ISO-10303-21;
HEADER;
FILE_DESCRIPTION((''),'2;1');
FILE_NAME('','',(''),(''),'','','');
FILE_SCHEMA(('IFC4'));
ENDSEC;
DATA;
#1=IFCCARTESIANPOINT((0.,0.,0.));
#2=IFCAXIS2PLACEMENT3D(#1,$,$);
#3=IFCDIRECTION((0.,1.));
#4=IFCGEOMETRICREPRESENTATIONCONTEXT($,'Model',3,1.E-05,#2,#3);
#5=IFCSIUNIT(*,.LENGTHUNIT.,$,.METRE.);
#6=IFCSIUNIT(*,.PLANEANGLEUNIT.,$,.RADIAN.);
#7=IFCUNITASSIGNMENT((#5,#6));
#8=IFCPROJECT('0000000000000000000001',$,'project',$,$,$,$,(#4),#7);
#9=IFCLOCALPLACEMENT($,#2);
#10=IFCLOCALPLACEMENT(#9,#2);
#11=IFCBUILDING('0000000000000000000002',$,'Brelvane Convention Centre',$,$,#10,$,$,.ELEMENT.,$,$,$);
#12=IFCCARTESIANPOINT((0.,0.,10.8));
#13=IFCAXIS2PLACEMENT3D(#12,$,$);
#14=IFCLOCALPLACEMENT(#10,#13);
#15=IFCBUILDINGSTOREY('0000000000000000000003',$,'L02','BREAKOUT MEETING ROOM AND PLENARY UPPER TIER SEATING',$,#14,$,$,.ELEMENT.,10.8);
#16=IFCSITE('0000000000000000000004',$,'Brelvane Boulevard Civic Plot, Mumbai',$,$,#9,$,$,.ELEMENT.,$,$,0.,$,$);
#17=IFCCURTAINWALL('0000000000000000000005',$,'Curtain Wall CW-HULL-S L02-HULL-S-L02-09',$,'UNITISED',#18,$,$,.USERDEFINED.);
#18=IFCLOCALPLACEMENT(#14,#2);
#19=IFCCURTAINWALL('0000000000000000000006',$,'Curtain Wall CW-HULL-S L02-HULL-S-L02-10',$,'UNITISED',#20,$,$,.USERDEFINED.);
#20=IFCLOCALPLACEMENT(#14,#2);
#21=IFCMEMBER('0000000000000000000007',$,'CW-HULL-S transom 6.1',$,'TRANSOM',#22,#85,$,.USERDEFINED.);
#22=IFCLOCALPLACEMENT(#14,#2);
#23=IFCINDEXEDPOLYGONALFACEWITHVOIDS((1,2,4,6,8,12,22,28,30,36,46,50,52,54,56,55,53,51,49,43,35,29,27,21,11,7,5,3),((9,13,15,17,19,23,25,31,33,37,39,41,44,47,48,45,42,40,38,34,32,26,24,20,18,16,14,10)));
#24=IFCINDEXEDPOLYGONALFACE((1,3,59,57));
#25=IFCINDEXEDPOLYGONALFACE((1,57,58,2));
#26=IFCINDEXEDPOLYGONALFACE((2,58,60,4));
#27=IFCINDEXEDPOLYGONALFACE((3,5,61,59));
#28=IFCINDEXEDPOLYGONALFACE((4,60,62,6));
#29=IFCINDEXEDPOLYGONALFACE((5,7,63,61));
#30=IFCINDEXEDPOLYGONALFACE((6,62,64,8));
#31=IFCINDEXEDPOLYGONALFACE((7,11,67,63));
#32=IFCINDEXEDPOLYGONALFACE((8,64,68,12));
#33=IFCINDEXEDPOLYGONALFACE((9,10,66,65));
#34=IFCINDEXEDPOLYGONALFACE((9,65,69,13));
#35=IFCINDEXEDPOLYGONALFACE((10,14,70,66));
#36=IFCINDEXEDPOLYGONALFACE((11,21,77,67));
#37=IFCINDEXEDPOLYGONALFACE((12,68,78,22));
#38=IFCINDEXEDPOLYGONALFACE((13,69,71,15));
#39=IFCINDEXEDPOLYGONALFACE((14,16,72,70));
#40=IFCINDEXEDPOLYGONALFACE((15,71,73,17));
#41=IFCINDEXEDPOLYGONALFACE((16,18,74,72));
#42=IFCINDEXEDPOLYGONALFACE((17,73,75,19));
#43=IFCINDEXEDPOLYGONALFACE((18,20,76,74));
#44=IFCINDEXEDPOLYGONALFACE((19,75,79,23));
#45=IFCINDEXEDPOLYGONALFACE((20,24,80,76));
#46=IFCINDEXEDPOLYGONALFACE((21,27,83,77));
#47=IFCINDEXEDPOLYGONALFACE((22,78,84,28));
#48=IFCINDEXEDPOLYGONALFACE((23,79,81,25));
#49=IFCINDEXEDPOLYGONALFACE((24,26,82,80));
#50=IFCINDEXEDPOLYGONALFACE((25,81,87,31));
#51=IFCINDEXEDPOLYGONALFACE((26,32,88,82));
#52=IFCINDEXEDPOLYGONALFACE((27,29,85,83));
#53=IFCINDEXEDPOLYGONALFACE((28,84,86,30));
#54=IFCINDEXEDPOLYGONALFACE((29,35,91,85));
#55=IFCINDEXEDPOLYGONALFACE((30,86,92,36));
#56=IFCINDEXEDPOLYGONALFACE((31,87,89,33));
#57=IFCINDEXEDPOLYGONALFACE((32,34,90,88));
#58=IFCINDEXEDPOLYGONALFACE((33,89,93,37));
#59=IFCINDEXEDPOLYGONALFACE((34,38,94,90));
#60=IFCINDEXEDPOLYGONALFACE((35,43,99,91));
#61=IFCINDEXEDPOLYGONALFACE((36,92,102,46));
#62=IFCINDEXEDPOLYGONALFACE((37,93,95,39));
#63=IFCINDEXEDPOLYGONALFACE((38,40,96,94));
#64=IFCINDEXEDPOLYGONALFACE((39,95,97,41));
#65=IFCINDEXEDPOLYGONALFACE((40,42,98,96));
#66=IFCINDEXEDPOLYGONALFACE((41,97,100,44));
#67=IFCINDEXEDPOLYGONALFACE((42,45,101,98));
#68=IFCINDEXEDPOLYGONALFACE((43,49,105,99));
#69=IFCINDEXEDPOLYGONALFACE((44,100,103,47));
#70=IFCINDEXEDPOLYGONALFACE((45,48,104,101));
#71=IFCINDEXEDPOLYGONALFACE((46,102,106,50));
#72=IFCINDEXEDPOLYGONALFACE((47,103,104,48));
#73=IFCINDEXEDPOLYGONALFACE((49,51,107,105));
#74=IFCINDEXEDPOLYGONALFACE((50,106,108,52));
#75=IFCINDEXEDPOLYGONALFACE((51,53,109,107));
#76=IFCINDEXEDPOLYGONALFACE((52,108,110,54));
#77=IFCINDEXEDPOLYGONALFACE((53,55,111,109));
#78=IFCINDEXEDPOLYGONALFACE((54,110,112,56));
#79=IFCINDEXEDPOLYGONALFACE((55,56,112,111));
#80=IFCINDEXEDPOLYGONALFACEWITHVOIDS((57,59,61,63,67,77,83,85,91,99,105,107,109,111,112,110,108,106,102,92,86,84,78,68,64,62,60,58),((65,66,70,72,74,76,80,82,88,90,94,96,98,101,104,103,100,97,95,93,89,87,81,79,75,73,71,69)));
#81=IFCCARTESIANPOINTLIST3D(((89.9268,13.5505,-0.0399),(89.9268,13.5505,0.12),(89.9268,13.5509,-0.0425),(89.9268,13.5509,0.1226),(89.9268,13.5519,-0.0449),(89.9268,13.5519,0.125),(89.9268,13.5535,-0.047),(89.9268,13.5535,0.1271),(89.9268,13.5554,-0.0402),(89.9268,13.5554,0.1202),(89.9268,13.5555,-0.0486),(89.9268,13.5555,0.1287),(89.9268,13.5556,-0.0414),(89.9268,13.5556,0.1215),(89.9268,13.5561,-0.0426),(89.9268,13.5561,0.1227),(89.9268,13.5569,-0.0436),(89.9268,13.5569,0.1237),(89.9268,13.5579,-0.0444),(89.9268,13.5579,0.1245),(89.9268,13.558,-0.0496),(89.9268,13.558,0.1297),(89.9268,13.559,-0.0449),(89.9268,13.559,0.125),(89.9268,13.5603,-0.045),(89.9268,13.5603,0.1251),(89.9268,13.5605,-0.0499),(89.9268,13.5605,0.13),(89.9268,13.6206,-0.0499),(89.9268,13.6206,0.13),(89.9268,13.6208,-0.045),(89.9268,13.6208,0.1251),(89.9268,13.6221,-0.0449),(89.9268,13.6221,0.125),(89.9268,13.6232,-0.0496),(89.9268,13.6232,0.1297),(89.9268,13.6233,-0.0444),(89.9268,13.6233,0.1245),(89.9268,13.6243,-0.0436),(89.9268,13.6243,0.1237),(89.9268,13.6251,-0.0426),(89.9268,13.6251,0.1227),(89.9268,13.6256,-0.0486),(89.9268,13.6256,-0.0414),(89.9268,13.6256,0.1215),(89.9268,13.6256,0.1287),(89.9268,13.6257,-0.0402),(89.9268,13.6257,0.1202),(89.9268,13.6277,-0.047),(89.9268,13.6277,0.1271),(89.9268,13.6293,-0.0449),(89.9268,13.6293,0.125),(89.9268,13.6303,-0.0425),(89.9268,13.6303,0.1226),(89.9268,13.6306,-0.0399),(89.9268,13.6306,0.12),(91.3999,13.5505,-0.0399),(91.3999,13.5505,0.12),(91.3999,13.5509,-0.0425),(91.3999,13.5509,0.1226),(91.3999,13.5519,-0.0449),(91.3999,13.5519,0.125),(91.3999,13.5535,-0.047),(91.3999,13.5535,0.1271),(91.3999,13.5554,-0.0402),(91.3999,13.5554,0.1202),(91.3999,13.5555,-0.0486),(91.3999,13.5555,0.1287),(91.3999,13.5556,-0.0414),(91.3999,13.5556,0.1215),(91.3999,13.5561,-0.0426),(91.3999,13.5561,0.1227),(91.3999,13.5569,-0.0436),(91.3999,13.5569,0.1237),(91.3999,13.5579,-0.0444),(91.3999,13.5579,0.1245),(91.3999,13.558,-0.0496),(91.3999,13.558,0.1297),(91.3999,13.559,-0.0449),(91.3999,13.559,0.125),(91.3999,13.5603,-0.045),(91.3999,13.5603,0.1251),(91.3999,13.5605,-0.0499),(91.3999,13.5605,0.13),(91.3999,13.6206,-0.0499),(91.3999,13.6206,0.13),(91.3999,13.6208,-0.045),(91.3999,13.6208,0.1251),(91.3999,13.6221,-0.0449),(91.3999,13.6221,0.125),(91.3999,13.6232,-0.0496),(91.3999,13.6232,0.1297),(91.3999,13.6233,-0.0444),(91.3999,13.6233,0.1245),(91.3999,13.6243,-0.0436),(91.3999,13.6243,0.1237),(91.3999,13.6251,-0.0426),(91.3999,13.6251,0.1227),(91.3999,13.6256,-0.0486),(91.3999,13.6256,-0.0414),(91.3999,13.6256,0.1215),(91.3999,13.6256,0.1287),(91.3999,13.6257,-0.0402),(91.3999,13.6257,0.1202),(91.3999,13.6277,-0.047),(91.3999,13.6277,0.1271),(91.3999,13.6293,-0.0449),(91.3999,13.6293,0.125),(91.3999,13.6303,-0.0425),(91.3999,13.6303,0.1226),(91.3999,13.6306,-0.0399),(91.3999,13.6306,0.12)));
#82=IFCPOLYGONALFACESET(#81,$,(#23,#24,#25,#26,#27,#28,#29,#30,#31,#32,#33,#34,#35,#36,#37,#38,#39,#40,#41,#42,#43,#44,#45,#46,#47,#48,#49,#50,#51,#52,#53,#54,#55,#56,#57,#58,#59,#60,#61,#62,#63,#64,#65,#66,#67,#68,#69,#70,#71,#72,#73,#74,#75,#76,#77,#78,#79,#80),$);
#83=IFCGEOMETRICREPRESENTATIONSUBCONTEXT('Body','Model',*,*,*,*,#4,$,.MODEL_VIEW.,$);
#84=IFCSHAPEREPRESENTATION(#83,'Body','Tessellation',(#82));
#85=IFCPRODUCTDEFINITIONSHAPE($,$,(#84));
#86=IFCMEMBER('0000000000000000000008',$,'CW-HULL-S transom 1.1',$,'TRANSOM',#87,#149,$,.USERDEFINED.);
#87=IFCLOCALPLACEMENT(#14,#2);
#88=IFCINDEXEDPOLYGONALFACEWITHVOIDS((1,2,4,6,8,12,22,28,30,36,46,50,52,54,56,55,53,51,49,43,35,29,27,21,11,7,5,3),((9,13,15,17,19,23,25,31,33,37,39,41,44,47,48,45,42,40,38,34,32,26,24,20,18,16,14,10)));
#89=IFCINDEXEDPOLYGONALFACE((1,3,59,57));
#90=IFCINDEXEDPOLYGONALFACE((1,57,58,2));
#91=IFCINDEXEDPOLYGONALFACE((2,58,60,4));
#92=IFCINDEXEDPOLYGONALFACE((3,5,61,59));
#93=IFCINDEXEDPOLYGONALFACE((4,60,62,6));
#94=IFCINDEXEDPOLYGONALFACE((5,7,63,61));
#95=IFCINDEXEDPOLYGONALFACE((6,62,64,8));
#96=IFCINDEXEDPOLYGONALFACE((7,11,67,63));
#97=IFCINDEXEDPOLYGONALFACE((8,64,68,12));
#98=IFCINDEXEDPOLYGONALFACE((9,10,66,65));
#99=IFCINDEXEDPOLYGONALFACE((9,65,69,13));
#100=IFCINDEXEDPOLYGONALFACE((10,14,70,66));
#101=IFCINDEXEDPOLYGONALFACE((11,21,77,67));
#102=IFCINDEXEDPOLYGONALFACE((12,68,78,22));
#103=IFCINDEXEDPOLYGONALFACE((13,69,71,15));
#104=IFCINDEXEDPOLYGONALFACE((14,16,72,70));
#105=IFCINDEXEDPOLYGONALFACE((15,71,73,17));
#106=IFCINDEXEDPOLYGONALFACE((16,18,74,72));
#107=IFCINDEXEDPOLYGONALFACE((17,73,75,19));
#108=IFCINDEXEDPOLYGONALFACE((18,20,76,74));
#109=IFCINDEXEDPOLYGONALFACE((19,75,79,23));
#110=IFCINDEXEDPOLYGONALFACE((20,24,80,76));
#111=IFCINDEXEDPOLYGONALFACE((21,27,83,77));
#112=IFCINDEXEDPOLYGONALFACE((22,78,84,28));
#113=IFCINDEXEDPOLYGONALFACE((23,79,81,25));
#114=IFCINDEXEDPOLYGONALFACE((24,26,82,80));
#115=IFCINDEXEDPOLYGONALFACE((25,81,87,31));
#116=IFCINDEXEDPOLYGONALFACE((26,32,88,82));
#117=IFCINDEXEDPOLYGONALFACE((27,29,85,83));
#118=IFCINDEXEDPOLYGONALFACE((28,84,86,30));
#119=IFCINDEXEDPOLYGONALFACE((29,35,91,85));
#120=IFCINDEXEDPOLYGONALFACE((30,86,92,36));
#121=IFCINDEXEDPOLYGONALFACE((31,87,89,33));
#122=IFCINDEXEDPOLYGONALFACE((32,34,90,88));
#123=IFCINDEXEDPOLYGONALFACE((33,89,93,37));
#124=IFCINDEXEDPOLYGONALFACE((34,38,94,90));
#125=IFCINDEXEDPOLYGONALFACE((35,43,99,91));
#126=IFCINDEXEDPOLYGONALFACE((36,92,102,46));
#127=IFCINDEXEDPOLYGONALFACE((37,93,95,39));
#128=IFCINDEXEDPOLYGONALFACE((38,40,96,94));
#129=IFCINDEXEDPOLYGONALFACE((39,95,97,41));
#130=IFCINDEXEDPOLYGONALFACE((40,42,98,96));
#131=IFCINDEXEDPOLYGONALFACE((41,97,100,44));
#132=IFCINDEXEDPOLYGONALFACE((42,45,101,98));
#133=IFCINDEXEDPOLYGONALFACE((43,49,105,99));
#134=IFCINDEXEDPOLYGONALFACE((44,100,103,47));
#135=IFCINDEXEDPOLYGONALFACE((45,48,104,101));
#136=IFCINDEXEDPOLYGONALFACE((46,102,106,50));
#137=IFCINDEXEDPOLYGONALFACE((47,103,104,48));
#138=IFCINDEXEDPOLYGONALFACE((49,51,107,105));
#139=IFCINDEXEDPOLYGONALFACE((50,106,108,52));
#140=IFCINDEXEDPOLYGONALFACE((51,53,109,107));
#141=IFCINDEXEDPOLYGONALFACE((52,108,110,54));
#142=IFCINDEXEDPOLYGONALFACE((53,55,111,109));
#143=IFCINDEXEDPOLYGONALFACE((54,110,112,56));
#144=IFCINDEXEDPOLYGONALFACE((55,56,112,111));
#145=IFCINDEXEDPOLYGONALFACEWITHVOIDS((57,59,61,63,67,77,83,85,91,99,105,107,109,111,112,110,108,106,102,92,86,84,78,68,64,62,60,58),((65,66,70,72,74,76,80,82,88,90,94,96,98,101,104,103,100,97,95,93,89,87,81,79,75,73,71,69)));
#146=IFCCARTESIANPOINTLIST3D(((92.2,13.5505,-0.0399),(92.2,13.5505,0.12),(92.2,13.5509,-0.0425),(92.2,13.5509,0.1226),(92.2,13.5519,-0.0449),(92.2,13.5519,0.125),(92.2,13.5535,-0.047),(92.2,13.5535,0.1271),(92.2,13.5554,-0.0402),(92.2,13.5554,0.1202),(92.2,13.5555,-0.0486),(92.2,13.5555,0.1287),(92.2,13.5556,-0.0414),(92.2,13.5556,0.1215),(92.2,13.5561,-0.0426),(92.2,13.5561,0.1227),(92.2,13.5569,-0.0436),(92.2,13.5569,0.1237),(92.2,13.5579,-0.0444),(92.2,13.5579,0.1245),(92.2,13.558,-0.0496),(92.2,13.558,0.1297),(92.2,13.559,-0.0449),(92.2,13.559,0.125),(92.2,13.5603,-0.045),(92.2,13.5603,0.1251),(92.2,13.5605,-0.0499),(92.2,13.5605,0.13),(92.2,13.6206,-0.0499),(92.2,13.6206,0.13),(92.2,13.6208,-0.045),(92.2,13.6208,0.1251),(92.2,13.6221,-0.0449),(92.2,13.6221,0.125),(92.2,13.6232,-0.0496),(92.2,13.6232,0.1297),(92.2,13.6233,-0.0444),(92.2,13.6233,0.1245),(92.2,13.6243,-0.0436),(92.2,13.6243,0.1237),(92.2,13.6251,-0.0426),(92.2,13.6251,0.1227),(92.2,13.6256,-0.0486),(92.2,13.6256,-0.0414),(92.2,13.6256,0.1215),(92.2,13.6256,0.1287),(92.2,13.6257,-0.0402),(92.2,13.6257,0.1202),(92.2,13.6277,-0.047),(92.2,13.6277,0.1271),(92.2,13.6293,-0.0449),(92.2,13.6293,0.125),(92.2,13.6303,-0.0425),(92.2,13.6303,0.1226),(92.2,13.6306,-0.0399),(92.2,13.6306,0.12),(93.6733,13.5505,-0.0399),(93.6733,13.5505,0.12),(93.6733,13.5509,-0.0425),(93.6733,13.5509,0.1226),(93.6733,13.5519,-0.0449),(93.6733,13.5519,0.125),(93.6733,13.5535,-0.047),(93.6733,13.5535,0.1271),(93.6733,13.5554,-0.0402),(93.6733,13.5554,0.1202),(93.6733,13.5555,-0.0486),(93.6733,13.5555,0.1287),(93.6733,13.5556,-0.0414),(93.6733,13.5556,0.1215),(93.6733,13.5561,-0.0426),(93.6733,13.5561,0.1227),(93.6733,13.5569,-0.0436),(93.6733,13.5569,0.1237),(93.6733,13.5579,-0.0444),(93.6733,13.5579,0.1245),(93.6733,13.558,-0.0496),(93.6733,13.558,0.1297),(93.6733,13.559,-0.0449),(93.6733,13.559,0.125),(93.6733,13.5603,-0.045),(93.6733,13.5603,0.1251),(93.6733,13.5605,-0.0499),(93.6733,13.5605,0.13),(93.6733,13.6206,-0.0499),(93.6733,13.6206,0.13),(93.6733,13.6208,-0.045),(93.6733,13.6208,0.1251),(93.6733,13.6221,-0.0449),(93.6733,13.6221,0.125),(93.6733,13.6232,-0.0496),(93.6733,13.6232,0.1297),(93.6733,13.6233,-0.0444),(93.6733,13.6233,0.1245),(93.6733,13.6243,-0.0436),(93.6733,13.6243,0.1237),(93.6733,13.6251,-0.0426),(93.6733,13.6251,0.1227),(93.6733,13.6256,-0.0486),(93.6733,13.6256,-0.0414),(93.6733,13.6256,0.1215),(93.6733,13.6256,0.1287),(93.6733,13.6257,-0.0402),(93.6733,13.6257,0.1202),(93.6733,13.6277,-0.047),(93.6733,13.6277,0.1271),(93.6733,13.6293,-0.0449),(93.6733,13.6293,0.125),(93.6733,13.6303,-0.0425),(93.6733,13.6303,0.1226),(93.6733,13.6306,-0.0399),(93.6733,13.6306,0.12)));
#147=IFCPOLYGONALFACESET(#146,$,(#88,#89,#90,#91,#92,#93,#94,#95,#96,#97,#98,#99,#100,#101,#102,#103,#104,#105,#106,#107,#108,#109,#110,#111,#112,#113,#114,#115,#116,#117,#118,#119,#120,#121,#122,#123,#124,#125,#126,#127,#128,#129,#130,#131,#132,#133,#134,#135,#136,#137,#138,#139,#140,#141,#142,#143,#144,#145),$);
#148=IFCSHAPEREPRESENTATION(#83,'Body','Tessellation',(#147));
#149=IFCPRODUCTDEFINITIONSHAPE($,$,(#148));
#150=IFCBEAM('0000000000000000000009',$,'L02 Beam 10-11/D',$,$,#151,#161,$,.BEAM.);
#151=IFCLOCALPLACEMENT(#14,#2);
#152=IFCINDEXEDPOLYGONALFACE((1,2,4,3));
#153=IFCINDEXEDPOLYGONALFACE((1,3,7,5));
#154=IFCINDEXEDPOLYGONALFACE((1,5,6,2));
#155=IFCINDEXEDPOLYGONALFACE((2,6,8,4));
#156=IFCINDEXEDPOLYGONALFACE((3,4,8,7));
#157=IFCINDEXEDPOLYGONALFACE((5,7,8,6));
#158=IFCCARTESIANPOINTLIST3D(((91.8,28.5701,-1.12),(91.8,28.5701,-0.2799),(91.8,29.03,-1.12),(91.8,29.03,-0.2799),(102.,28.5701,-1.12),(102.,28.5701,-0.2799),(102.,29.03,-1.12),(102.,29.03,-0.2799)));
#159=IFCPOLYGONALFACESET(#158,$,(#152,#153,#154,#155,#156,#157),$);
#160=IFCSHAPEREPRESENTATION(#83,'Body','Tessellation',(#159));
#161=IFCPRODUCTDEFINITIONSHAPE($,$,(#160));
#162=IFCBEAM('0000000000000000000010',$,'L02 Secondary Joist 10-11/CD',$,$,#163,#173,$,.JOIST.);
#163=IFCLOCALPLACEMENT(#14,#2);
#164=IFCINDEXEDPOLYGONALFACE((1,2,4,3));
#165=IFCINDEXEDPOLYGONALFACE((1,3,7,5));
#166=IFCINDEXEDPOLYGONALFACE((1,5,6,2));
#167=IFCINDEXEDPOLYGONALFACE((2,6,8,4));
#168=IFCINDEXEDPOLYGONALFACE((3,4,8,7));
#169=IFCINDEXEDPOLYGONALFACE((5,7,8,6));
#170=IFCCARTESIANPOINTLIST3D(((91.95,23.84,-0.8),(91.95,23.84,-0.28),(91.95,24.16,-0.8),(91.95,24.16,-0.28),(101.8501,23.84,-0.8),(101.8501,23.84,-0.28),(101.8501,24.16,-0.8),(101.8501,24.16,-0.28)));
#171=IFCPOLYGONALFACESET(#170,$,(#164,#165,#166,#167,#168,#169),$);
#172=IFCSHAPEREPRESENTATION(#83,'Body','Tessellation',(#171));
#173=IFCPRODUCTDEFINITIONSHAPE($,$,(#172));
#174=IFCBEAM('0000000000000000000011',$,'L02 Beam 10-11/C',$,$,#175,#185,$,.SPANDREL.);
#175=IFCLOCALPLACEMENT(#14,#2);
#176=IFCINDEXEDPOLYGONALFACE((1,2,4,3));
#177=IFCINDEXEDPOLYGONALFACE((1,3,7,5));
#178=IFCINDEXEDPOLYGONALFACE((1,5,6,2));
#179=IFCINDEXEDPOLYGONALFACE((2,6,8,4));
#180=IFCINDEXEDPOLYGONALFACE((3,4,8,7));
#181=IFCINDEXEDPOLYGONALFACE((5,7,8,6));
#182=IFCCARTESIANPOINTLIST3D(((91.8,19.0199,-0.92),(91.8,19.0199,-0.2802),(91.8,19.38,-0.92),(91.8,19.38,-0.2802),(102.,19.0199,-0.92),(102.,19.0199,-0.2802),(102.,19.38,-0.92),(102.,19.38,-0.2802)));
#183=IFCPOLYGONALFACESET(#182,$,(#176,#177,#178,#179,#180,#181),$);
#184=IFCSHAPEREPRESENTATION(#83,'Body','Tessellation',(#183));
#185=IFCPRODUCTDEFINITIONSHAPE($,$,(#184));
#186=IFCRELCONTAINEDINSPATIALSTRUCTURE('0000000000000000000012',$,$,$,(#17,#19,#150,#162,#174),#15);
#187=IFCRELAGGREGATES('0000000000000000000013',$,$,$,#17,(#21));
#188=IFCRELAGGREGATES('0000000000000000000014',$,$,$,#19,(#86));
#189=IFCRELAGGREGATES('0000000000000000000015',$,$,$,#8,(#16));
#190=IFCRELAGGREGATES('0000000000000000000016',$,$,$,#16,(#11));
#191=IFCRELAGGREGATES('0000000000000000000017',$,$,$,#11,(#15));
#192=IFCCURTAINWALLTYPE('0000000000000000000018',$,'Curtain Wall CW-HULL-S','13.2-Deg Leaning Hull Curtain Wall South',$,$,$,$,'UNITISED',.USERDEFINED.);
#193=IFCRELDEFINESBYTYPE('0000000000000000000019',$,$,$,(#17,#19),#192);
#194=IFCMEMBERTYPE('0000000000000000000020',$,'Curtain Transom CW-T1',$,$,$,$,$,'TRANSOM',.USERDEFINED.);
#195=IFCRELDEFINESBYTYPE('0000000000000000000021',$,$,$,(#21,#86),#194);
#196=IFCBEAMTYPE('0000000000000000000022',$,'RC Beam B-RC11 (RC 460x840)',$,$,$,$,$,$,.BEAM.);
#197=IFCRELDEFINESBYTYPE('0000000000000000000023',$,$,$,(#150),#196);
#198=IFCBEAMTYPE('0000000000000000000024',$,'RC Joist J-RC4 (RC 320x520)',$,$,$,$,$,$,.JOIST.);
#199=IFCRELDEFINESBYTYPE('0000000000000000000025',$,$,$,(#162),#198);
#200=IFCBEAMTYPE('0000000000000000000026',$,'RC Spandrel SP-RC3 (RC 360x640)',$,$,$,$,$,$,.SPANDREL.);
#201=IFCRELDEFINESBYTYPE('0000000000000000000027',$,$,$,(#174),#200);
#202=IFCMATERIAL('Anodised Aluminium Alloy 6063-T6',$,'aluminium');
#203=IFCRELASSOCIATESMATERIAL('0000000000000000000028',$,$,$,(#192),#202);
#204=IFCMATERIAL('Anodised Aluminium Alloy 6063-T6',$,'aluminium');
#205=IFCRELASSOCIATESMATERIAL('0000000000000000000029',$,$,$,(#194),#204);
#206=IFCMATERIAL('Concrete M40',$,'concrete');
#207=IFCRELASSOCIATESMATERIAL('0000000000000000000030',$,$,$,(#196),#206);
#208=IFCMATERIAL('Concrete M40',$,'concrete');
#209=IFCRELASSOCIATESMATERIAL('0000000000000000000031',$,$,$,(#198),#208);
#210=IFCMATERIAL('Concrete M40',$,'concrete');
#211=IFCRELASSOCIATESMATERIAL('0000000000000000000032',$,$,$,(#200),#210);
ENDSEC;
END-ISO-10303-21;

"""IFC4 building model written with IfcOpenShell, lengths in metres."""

from ifc_helpers import new_model, si_unit, direction, frame, origin, origin_2d, place, context, subcontext, project, spatial, rectangle, hollow_rectangle, extrude, material, material_profile, profile_set, type_object, element, aggregate, save


model = new_model("IFC4")

# Units and contexts
model_context = context("Model", 3, precision=1e-05, world=origin(), true_north=direction((0.0, 1.0)))
body_context = subcontext(model_context, "Body", "Model", "MODEL_VIEW")
ifc_project = project(units=[si_unit("LENGTHUNIT", "METRE"), si_unit("PLANEANGLEUNIT", "RADIAN")], contexts=[model_context])

# Site, building, storey
site_placement = place(None, origin())
site = spatial("IfcSite", under=ifc_project, at=site_placement, Name="Brelvane Boulevard Civic Plot, Mumbai", CompositionType="ELEMENT", RefElevation=0.0)
building_placement = place(site_placement, origin())
building = spatial("IfcBuilding", under=site, at=building_placement, Name="Brelvane Convention Centre", CompositionType="ELEMENT")
storey_placement = place(building_placement, frame((0.0, 0.0, 10.8)))
storey = spatial("IfcBuildingStorey", under=building, at=storey_placement, Name="L02", Description="BREAKOUT MEETING ROOM AND PLENARY UPPER TIER SEATING", CompositionType="ELEMENT", Elevation=10.8)

# Curtain walls
ifc_material_1 = material(Name="Anodised Aluminium Alloy 6063-T6", Category="aluminium")
curtain_wall_type = type_object("IfcCurtainWallType", Name="Curtain Wall CW-HULL-S", Description="13.2-Deg Leaning Hull Curtain Wall South", ElementType="UNITISED", PredefinedType="USERDEFINED", material=ifc_material_1)
curtain_wall_1_placement = place(storey_placement, origin())
curtain_wall_1 = element("IfcCurtainWall", 1, at=curtain_wall_1_placement, inside=storey, type_object=curtain_wall_type, Name="Curtain Wall CW-HULL-S L02-HULL-S-L02-09", ObjectType="UNITISED", PredefinedType="USERDEFINED")
curtain_wall_2_placement = place(storey_placement, origin())
curtain_wall_2 = element("IfcCurtainWall", 2, at=curtain_wall_2_placement, inside=storey, type_object=curtain_wall_type, Name="Curtain Wall CW-HULL-S L02-HULL-S-L02-10", ObjectType="UNITISED", PredefinedType="USERDEFINED")

# Members
ifc_material_2 = material(Name="Anodised Aluminium Alloy 6063-T6", Category="aluminium")
ifc_material_profile_1 = material_profile(ifc_material_2, hollow_rectangle(XDim=0.0801, YDim=0.1799, WallThickness=0.0049, InnerFilletRadius=0.0049, OuterFilletRadius=0.01, at=origin_2d()), Name="ALU-T 180x80x5.0")
ifc_profile_set_1 = profile_set([ifc_material_profile_1], Name="Anodised Aluminium Alloy 6063-T6")
member_type_1 = type_object("IfcMemberType", Name="Curtain Transom CW-T1", ElementType="TRANSOM", PredefinedType="USERDEFINED", material=ifc_profile_set_1)
member_1_placement = place(storey_placement, frame((89.9268, 13.5906, 0.04), z_axis=(1.0, 0.0, 0.0), x_axis=(0.0, 1.0, 0.0)))
member_1 = element("IfcMember", 3, at=member_1_placement, type_object=member_type_1, Name="CW-HULL-S transom 6.1", ObjectType="TRANSOM", PredefinedType="USERDEFINED", context=body_context, shape_type="SweptSolid", body=[
    extrude(hollow_rectangle(XDim=0.0801, YDim=0.1799, WallThickness=0.0049, InnerFilletRadius=0.0049, OuterFilletRadius=0.01, at=origin_2d()), origin(), (0.0, 0.0, 1.0), 1.4731),
])
member_2_placement = place(storey_placement, frame((92.2, 13.5906, 0.04), z_axis=(1.0, 0.0, 0.0), x_axis=(0.0, 1.0, 0.0)))
member_2 = element("IfcMember", 4, at=member_2_placement, type_object=member_type_1, Name="CW-HULL-S transom 1.1", ObjectType="TRANSOM", PredefinedType="USERDEFINED", context=body_context, shape_type="SweptSolid", body=[
    extrude(hollow_rectangle(XDim=0.0801, YDim=0.1799, WallThickness=0.0049, InnerFilletRadius=0.0049, OuterFilletRadius=0.01, at=origin_2d()), origin(), (0.0, 0.0, 1.0), 1.4734),
])

# Beams
ifc_material_3 = material(Name="Concrete M40", Category="concrete")
ifc_material_profile_2 = material_profile(ifc_material_3, rectangle(XDim=0.46, YDim=0.8401, at=origin_2d()), Name="RC 460x840")
ifc_profile_set_2 = profile_set([ifc_material_profile_2], Name="Concrete M40")
beam_type_1 = type_object("IfcBeamType", Name="RC Beam B-RC11 (RC 460x840)", PredefinedType="BEAM", material=ifc_profile_set_2)
beam_1_placement = place(storey_placement, frame((91.8, 28.8, -0.7), z_axis=(1.0, 0.0, 0.0), x_axis=(0.0, 1.0, 0.0)))
element("IfcBeam", 5, at=beam_1_placement, inside=storey, type_object=beam_type_1, Name="L02 Beam 10-11/D", PredefinedType="BEAM", context=body_context, shape_type="SweptSolid", body=[
    extrude(rectangle(XDim=0.46, YDim=0.8401, at=origin_2d()), origin(), (0.0, 0.0, 1.0), 10.2),
])
ifc_material_4 = material(Name="Concrete M40", Category="concrete")
ifc_material_profile_3 = material_profile(ifc_material_4, rectangle(XDim=0.3201, YDim=0.52, at=origin_2d()), Name="RC 320x520")
ifc_profile_set_3 = profile_set([ifc_material_profile_3], Name="Concrete M40")
beam_type_2 = type_object("IfcBeamType", Name="RC Joist J-RC4 (RC 320x520)", PredefinedType="JOIST", material=ifc_profile_set_3)
beam_2_placement = place(storey_placement, frame((91.95, 24.0, -0.54), z_axis=(1.0, 0.0, 0.0), x_axis=(0.0, 1.0, 0.0)))
element("IfcBeam", 6, at=beam_2_placement, inside=storey, type_object=beam_type_2, Name="L02 Secondary Joist 10-11/CD", PredefinedType="JOIST", context=body_context, shape_type="SweptSolid", body=[
    extrude(rectangle(XDim=0.3201, YDim=0.52, at=origin_2d()), origin(), (0.0, 0.0, 1.0), 9.9001),
])
ifc_material_5 = material(Name="Concrete M40", Category="concrete")
ifc_material_profile_4 = material_profile(ifc_material_5, rectangle(XDim=0.3601, YDim=0.6399, at=origin_2d()), Name="RC 360x640")
ifc_profile_set_4 = profile_set([ifc_material_profile_4], Name="Concrete M40")
beam_type_3 = type_object("IfcBeamType", Name="RC Spandrel SP-RC3 (RC 360x640)", PredefinedType="SPANDREL", material=ifc_profile_set_4)
beam_3_placement = place(storey_placement, frame((91.8, 19.2, -0.6001), z_axis=(1.0, 0.0, 0.0), x_axis=(0.0, 1.0, 0.0)))
element("IfcBeam", 7, at=beam_3_placement, inside=storey, type_object=beam_type_3, Name="L02 Beam 10-11/C", PredefinedType="SPANDREL", context=body_context, shape_type="SweptSolid", body=[
    extrude(rectangle(XDim=0.3601, YDim=0.6399, at=origin_2d()), origin(), (0.0, 0.0, 1.0), 10.2),
])

aggregate(curtain_wall_1, [member_1])
aggregate(curtain_wall_2, [member_2])

save(model, "model.ifc")
